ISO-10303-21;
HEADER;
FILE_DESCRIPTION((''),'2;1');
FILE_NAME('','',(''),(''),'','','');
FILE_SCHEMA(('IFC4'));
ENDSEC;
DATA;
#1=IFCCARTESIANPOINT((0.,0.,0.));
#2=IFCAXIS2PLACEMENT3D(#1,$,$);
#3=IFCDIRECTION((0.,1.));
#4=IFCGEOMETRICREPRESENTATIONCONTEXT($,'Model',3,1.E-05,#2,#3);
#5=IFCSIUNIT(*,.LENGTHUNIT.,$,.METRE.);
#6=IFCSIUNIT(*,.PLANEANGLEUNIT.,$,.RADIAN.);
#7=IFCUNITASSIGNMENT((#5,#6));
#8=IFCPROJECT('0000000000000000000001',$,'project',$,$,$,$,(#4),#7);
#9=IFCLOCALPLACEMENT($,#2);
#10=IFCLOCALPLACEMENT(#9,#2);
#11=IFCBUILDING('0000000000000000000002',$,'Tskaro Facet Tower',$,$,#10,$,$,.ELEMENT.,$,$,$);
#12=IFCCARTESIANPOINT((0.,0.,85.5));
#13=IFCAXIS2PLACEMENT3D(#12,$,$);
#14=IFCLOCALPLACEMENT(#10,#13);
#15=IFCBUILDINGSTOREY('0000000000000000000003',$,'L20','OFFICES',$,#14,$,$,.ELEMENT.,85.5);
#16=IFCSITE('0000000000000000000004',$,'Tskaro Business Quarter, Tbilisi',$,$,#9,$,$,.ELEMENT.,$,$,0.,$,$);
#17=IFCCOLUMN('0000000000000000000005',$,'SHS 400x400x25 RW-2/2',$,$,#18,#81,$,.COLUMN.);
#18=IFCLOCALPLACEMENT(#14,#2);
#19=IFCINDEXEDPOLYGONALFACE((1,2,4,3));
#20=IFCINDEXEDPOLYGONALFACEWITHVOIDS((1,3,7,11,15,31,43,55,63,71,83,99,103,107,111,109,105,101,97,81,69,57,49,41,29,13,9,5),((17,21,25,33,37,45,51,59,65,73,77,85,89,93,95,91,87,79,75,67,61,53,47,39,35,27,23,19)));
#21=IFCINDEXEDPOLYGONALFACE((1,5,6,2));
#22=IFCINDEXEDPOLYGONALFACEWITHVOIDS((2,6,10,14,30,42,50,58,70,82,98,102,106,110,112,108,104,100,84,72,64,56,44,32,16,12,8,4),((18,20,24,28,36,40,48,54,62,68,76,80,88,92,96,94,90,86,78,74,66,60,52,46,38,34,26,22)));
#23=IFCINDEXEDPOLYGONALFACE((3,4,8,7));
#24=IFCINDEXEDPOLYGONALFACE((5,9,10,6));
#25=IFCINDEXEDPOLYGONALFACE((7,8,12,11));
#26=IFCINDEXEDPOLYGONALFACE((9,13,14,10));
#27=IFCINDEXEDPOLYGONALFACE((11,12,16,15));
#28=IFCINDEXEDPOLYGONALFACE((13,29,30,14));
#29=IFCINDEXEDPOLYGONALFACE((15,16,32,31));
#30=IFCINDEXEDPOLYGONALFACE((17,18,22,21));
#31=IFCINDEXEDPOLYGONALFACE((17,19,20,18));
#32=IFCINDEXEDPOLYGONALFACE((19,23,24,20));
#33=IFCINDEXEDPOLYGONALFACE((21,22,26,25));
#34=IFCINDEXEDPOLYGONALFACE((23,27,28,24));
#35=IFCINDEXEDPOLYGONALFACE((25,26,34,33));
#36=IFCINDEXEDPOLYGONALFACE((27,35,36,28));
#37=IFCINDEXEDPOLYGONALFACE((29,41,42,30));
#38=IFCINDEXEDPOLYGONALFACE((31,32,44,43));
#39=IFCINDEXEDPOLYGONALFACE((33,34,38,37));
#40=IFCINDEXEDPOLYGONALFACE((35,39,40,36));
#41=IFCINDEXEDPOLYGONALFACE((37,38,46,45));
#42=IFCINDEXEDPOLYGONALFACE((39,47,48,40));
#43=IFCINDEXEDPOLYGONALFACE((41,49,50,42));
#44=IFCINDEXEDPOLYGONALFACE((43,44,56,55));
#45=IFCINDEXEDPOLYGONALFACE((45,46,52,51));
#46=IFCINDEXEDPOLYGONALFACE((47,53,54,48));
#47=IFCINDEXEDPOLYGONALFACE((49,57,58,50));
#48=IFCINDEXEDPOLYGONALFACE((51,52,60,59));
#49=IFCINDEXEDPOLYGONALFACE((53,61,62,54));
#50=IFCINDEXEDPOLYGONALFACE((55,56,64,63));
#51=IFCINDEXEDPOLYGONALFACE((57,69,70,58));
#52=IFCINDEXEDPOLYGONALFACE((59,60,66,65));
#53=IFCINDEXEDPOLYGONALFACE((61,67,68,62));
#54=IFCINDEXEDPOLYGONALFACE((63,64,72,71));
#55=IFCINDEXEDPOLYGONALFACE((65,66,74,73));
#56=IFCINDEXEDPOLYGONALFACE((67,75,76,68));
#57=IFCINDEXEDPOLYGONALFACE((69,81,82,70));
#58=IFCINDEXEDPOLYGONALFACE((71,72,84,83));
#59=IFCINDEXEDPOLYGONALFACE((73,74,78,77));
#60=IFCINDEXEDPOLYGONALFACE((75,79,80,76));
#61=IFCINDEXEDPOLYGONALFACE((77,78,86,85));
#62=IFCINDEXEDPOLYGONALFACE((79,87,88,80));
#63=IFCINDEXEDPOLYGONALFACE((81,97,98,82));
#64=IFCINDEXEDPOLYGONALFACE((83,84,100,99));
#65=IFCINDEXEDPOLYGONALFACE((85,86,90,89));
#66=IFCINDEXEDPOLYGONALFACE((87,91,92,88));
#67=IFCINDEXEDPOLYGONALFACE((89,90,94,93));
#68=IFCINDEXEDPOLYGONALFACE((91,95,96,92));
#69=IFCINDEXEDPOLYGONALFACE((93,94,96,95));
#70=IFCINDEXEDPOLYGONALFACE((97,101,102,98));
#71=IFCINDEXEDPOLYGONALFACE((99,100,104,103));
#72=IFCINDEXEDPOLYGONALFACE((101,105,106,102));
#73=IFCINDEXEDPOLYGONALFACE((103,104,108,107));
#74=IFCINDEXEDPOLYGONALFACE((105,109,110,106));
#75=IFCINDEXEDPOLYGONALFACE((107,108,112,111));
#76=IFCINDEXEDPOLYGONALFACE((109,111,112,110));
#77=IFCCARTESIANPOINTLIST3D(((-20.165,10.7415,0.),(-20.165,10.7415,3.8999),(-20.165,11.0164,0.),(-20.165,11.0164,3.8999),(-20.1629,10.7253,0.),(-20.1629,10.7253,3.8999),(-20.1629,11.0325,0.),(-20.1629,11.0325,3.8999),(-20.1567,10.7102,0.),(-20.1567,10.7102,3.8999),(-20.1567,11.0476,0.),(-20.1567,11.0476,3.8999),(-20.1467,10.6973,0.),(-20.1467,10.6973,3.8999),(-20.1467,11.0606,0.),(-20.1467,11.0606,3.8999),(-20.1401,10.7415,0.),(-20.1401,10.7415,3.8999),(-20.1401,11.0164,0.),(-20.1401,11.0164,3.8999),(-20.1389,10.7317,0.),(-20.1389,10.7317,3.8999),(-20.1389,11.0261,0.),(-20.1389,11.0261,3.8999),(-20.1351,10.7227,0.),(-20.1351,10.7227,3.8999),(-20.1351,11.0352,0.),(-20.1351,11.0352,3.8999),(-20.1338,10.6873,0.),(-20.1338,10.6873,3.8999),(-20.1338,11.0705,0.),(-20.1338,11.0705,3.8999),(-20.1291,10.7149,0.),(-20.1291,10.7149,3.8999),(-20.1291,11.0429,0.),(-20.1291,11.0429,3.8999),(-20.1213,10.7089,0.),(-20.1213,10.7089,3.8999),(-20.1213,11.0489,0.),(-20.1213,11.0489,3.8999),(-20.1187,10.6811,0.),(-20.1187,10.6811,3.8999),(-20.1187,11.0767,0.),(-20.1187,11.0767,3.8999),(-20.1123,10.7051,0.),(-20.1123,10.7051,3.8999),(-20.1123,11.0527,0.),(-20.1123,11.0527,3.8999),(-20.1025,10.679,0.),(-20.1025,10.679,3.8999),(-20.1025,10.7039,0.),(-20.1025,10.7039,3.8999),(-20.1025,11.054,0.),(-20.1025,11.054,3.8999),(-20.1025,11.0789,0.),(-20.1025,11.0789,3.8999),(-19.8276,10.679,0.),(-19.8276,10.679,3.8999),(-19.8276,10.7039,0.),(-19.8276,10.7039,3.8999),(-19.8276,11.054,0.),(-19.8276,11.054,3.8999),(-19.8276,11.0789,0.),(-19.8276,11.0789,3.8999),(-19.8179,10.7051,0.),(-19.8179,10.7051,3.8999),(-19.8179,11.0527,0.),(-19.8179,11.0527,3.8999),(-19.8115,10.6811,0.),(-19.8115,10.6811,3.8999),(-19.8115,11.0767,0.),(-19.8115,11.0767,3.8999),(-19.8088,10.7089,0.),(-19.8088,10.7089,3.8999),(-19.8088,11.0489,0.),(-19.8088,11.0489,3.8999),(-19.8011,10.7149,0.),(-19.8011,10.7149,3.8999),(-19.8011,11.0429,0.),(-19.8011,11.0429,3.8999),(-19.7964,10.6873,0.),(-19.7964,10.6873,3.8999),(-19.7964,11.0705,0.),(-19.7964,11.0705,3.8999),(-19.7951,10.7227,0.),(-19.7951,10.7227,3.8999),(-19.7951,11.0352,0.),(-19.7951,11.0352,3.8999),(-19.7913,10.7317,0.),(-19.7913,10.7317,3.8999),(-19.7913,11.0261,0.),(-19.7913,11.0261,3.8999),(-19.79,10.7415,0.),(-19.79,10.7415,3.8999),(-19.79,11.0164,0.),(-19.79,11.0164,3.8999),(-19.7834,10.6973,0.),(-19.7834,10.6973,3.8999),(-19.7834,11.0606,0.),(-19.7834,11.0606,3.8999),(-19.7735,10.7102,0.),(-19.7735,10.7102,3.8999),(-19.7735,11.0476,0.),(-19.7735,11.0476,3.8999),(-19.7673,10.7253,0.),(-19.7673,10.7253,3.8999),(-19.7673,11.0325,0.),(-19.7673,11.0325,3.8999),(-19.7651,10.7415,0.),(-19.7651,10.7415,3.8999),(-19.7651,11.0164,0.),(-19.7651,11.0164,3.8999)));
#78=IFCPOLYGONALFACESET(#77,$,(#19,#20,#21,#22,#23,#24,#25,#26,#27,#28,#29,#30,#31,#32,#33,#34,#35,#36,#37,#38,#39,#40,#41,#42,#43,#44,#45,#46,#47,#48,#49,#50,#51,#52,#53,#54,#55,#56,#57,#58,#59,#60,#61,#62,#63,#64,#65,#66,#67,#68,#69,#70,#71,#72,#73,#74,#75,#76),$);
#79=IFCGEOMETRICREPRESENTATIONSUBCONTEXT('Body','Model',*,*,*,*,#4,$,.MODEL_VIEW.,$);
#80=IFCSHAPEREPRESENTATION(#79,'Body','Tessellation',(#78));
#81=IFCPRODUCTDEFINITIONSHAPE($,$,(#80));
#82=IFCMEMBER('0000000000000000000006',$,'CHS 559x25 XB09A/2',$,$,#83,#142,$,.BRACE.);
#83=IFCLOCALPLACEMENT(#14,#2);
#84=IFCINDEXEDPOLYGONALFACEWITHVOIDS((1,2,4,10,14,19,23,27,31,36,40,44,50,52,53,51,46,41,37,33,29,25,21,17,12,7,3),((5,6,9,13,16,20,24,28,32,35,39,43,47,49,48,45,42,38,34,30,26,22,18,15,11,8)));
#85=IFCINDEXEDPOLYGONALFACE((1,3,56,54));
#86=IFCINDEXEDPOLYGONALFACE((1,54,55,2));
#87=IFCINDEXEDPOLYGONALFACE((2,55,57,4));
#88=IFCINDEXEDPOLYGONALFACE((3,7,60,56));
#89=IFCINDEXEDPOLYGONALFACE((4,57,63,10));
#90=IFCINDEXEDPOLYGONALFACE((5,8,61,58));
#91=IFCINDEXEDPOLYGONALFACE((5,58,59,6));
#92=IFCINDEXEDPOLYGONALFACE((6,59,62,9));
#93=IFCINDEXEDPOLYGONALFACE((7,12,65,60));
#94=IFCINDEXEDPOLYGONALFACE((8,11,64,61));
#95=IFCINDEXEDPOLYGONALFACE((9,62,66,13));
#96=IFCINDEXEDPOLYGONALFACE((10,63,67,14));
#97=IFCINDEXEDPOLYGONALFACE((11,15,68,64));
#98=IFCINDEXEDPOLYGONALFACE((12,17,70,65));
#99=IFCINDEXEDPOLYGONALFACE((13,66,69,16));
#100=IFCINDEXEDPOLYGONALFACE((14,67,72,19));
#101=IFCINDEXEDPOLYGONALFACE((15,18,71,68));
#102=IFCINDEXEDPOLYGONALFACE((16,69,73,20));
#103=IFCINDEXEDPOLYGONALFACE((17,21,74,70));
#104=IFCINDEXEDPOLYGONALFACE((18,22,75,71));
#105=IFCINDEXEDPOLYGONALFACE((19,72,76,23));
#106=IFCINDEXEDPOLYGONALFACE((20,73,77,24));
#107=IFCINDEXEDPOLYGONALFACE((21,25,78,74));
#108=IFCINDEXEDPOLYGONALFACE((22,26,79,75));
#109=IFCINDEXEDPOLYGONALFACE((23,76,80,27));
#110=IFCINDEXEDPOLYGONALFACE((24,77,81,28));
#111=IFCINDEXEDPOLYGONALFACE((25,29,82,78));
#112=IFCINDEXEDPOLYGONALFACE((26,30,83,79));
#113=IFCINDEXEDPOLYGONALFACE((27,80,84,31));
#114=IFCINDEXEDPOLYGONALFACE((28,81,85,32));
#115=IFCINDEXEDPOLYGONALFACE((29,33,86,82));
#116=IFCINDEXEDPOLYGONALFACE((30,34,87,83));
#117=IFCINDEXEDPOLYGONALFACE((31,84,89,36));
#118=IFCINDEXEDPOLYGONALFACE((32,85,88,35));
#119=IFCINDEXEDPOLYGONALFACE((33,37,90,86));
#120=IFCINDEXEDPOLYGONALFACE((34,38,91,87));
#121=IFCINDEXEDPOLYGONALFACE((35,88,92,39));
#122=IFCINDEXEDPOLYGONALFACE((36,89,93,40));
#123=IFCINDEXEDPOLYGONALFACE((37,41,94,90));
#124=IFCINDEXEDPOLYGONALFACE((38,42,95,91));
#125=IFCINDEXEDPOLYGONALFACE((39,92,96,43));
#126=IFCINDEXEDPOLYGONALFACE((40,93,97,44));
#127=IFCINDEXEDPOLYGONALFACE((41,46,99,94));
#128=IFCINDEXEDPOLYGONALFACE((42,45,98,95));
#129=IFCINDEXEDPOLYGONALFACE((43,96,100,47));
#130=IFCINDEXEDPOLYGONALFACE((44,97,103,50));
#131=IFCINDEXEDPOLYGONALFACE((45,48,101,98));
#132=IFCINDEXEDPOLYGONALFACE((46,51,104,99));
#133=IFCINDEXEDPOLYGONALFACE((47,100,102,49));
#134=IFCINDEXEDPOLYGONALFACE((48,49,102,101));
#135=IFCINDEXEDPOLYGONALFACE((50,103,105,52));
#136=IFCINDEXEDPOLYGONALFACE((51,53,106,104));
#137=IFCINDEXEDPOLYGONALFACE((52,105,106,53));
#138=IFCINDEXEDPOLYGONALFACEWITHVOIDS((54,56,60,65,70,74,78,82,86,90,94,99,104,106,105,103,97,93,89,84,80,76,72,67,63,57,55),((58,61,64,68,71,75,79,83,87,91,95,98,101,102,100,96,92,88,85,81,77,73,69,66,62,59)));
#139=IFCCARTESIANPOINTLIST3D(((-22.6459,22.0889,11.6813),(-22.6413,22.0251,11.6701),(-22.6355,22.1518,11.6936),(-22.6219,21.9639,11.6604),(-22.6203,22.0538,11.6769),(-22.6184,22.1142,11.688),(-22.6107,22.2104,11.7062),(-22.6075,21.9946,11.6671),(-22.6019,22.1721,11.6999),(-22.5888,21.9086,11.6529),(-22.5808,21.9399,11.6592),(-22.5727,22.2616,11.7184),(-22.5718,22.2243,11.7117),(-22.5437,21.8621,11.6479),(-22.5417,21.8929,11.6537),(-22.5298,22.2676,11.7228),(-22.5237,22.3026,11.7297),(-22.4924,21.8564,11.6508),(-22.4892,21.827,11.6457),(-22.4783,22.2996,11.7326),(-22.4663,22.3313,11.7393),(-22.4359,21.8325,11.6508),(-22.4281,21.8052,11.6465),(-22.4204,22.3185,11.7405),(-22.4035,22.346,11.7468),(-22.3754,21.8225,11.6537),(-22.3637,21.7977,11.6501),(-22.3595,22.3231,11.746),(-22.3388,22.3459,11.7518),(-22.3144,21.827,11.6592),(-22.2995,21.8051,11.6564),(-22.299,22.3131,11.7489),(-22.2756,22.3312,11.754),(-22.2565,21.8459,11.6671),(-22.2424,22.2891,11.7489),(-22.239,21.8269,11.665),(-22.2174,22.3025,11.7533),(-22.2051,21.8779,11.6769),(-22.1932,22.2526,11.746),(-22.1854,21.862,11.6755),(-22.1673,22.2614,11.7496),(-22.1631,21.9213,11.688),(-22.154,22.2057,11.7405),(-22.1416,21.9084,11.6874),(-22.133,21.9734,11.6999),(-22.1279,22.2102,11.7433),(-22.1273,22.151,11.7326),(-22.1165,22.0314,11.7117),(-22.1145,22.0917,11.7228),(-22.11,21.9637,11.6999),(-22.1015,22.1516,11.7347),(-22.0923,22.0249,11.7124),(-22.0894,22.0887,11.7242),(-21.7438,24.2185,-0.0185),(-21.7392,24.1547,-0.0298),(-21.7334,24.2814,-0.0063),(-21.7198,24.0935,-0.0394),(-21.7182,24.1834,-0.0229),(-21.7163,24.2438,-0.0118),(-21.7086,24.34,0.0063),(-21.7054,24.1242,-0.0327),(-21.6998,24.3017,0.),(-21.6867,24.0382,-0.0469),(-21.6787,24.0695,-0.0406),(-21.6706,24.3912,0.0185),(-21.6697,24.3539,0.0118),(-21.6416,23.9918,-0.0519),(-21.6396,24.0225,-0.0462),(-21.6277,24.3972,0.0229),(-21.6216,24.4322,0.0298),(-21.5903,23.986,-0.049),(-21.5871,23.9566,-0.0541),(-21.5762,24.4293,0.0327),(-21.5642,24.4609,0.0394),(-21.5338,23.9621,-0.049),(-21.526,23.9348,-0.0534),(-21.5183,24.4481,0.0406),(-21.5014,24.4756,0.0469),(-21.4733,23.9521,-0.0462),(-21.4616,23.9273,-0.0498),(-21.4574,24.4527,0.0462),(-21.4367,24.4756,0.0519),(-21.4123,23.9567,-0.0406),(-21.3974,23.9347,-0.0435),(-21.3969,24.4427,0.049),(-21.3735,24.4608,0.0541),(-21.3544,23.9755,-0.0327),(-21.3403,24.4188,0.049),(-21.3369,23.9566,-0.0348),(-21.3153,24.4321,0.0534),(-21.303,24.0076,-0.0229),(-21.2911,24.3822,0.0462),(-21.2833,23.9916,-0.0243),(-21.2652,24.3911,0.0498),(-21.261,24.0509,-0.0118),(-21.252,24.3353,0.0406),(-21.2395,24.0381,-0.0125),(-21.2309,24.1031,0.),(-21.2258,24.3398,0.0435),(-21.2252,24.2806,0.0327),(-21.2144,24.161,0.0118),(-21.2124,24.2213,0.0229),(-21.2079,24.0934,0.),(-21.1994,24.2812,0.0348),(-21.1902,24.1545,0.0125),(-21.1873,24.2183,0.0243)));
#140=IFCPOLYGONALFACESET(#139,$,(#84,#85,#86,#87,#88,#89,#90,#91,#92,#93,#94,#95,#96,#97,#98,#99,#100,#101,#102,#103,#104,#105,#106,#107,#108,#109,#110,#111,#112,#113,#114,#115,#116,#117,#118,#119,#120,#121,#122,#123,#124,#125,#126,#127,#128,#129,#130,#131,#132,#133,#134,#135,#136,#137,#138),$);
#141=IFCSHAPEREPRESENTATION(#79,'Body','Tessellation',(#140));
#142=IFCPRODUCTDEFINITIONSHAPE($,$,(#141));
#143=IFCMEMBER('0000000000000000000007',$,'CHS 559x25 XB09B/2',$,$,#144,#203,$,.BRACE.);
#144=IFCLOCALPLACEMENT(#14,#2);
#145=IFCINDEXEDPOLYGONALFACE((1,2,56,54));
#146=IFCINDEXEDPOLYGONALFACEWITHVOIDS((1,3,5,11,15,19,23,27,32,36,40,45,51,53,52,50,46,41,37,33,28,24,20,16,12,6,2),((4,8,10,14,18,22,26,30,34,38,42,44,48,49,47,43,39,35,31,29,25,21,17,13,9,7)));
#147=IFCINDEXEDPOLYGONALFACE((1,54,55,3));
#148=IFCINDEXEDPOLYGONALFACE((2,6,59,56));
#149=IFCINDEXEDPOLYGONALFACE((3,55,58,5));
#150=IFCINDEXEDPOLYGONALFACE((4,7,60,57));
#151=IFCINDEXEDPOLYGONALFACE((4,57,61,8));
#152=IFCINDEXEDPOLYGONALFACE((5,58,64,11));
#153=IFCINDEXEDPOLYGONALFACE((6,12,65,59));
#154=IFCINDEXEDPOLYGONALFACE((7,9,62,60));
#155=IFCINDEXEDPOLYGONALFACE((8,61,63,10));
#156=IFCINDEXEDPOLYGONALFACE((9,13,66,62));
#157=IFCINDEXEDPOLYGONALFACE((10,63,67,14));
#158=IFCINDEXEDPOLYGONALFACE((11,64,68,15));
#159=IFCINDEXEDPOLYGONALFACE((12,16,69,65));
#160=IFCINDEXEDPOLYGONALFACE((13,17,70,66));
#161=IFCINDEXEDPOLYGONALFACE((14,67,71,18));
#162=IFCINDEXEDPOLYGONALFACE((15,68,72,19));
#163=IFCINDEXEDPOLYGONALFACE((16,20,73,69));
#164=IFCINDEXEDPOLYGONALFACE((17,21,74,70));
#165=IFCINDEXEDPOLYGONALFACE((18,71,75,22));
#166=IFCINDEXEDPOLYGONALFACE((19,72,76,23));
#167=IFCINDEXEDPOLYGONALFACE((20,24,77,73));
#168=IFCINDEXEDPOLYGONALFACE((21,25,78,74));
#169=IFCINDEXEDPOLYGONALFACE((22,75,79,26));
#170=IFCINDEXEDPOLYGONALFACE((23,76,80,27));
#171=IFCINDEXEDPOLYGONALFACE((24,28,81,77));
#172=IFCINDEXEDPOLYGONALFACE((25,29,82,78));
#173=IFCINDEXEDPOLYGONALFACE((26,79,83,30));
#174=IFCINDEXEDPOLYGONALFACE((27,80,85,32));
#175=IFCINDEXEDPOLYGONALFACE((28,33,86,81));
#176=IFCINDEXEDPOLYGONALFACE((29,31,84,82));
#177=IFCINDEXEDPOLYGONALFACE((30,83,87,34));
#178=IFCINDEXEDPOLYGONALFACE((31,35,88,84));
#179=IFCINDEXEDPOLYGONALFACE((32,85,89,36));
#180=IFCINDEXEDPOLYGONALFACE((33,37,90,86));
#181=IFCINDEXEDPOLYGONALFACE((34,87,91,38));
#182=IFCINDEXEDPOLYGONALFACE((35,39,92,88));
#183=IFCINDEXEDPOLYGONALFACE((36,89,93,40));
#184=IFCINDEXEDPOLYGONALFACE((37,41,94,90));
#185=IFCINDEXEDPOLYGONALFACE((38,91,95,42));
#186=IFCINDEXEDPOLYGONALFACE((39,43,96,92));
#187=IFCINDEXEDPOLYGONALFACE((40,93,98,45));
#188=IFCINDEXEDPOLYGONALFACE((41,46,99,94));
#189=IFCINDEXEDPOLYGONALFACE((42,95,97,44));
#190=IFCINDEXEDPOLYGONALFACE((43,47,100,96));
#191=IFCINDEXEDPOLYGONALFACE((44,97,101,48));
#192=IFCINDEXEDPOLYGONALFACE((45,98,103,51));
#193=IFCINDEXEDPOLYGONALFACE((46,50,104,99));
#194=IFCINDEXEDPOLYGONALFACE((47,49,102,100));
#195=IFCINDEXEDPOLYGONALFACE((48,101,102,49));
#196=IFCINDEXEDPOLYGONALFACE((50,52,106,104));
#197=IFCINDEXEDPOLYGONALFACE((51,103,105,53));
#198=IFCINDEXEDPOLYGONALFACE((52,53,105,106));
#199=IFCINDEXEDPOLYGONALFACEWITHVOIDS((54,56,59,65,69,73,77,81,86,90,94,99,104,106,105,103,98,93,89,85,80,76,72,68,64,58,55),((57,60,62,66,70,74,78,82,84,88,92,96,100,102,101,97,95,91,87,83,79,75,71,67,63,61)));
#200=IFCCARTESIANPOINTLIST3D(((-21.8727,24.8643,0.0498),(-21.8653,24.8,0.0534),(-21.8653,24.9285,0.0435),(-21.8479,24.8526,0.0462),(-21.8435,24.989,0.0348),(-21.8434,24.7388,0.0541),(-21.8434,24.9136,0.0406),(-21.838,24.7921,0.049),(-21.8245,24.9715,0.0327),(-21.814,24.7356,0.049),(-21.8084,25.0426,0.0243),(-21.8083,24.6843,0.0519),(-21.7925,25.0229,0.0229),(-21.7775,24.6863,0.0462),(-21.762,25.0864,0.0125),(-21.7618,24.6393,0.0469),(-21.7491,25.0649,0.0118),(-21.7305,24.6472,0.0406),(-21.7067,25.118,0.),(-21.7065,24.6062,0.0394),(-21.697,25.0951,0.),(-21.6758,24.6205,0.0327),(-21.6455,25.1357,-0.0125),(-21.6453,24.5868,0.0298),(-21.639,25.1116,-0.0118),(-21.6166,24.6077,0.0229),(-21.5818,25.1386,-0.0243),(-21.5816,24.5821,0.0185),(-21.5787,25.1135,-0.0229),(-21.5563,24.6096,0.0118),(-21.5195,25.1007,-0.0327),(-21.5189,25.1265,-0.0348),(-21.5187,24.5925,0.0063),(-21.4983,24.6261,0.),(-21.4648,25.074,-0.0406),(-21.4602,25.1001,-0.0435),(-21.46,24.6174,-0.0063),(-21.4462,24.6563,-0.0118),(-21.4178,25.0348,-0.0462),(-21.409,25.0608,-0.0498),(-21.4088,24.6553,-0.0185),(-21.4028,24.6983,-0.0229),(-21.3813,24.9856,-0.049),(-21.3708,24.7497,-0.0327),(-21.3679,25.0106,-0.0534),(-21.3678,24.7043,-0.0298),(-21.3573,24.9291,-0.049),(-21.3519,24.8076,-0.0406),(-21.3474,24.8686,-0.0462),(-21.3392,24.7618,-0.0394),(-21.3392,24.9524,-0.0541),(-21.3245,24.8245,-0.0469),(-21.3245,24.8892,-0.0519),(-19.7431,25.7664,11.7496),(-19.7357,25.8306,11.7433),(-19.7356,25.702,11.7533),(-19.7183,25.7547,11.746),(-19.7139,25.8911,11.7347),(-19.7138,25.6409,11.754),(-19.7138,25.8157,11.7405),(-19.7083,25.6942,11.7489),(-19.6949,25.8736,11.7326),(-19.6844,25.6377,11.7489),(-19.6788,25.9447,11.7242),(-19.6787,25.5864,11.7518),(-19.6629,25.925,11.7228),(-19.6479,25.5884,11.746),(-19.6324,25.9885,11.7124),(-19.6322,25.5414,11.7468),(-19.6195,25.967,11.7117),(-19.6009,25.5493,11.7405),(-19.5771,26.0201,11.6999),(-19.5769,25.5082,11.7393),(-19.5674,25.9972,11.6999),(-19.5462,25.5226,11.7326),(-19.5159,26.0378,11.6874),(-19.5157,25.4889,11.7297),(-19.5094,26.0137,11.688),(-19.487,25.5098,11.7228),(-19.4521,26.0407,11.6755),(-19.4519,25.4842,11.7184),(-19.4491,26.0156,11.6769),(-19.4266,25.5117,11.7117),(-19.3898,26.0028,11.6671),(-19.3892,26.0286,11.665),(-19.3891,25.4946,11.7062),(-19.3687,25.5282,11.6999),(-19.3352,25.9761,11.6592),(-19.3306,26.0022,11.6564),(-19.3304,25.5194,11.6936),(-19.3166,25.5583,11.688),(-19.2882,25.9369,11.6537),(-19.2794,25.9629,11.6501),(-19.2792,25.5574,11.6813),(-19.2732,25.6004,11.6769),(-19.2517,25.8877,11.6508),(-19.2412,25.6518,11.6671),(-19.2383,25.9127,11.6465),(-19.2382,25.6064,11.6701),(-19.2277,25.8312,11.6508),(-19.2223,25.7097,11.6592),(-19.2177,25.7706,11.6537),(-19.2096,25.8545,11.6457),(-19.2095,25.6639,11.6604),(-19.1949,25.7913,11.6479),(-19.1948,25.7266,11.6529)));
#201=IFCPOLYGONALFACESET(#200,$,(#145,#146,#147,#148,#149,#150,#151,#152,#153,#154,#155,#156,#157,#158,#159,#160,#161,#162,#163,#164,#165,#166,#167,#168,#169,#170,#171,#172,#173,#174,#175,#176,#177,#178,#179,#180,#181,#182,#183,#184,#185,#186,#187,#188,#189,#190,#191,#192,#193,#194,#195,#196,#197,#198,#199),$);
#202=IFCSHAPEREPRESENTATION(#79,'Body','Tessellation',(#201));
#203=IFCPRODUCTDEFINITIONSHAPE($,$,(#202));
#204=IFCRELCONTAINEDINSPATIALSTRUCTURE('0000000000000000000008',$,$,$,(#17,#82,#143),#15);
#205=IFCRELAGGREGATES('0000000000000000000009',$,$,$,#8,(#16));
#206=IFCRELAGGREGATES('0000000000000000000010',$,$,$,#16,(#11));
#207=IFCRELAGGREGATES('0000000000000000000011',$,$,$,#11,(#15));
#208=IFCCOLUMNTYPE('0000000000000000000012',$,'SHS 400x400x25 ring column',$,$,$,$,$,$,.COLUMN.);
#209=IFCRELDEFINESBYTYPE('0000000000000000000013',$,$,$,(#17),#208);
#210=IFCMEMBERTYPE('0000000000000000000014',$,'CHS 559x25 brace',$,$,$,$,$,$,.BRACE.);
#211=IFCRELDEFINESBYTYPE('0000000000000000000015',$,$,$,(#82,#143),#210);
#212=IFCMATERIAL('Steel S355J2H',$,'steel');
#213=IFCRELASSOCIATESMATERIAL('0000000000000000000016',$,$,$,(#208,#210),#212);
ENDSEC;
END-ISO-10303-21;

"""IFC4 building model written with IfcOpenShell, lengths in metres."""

from ifc_helpers import new_model, si_unit, direction, frame, origin, origin_2d, place, context, subcontext, project, spatial, hollow_rectangle, hollow_circle, extrude, material, material_profile, profile_set, type_object, element, save


model = new_model("IFC4")

# Units and contexts
model_context = context("Model", 3, precision=1e-05, world=origin(), true_north=direction((0.0, 1.0)))
body_context = subcontext(model_context, "Body", "Model", "MODEL_VIEW")
ifc_project = project(units=[si_unit("LENGTHUNIT", "METRE"), si_unit("PLANEANGLEUNIT", "RADIAN")], contexts=[model_context])

# Site, building, storey
site_placement = place(None, origin())
site = spatial("IfcSite", under=ifc_project, at=site_placement, Name="Tskaro Business Quarter, Tbilisi", CompositionType="ELEMENT", RefElevation=0.0)
building_placement = place(site_placement, origin())
building = spatial("IfcBuilding", under=site, at=building_placement, Name="Tskaro Facet Tower", CompositionType="ELEMENT")
storey_placement = place(building_placement, frame((0.0, 0.0, 85.5)))
storey = spatial("IfcBuildingStorey", under=building, at=storey_placement, Name="L20", Description="OFFICES", CompositionType="ELEMENT", Elevation=85.5)

# Column
ifc_material_1 = material(Name="Steel S355J2H", Category="steel")
ifc_material_profile_1 = material_profile(ifc_material_1, hollow_rectangle(XDim=0.3999, YDim=0.3999, WallThickness=0.0249, InnerFilletRadius=0.0376, OuterFilletRadius=0.0625, at=origin_2d()), Name="SHS 400x400x25")
ifc_profile_set_1 = profile_set([ifc_material_profile_1], Name="Steel S355J2H")
column_type_1 = type_object("IfcColumnType", Name="SHS 400x400x25 ring column", PredefinedType="COLUMN", material=ifc_profile_set_1)
for number, where, z_axis, x_axis, name in (
    (1, (-19.9651, 10.8789, 0.0), (0.0, 0.0, 1.0), (1.0, 0.0, 0.0), "SHS 400x400x25 RW-2/2"),
):
    element("IfcColumn", number, at=place(storey_placement, frame(where, z_axis=z_axis, x_axis=x_axis)), inside=storey, type_object=column_type_1, Name=name, PredefinedType="COLUMN", context=body_context, shape_type="SweptSolid", body=[
        extrude(hollow_rectangle(XDim=0.3999, YDim=0.3999, WallThickness=0.0249, InnerFilletRadius=0.0376, OuterFilletRadius=0.0625, at=origin_2d()), origin(), (0.0, 0.0, 1.0), 3.8999),
    ])

# Members
ifc_material_profile_2 = material_profile(ifc_material_1, hollow_circle(Radius=0.2795, WallThickness=0.0249, at=origin_2d()), Name="CHS 559x25")
ifc_profile_set_2 = profile_set([ifc_material_profile_2], Name="Steel S355J2H")
member_type_1 = type_object("IfcMemberType", Name="CHS 559x25 brace", PredefinedType="BRACE", material=ifc_profile_set_2)
for number, where, z_axis, x_axis, name in (
    (2, (-21.4653, 24.2024, 0.0), (-0.075639, -0.178566, 0.981016), (0.920797, -0.390043, 0.0), "CHS 559x25 XB09A/2"),
    (3, (-21.5977, 24.8606, 0.0), (0.178566, 0.075639, 0.981016), (-0.390043, 0.920797, 0.0), "CHS 559x25 XB09B/2"),
):
    element("IfcMember", number, at=place(storey_placement, frame(where, z_axis=z_axis, x_axis=x_axis)), inside=storey, type_object=member_type_1, Name=name, PredefinedType="BRACE", context=body_context, shape_type="SweptSolid", body=[
        extrude(hollow_circle(Radius=0.2795, WallThickness=0.0249, at=origin_2d()), origin(), (0.0, 0.0, 1.0), 11.9263),
    ])

save(model, "model.ifc")
